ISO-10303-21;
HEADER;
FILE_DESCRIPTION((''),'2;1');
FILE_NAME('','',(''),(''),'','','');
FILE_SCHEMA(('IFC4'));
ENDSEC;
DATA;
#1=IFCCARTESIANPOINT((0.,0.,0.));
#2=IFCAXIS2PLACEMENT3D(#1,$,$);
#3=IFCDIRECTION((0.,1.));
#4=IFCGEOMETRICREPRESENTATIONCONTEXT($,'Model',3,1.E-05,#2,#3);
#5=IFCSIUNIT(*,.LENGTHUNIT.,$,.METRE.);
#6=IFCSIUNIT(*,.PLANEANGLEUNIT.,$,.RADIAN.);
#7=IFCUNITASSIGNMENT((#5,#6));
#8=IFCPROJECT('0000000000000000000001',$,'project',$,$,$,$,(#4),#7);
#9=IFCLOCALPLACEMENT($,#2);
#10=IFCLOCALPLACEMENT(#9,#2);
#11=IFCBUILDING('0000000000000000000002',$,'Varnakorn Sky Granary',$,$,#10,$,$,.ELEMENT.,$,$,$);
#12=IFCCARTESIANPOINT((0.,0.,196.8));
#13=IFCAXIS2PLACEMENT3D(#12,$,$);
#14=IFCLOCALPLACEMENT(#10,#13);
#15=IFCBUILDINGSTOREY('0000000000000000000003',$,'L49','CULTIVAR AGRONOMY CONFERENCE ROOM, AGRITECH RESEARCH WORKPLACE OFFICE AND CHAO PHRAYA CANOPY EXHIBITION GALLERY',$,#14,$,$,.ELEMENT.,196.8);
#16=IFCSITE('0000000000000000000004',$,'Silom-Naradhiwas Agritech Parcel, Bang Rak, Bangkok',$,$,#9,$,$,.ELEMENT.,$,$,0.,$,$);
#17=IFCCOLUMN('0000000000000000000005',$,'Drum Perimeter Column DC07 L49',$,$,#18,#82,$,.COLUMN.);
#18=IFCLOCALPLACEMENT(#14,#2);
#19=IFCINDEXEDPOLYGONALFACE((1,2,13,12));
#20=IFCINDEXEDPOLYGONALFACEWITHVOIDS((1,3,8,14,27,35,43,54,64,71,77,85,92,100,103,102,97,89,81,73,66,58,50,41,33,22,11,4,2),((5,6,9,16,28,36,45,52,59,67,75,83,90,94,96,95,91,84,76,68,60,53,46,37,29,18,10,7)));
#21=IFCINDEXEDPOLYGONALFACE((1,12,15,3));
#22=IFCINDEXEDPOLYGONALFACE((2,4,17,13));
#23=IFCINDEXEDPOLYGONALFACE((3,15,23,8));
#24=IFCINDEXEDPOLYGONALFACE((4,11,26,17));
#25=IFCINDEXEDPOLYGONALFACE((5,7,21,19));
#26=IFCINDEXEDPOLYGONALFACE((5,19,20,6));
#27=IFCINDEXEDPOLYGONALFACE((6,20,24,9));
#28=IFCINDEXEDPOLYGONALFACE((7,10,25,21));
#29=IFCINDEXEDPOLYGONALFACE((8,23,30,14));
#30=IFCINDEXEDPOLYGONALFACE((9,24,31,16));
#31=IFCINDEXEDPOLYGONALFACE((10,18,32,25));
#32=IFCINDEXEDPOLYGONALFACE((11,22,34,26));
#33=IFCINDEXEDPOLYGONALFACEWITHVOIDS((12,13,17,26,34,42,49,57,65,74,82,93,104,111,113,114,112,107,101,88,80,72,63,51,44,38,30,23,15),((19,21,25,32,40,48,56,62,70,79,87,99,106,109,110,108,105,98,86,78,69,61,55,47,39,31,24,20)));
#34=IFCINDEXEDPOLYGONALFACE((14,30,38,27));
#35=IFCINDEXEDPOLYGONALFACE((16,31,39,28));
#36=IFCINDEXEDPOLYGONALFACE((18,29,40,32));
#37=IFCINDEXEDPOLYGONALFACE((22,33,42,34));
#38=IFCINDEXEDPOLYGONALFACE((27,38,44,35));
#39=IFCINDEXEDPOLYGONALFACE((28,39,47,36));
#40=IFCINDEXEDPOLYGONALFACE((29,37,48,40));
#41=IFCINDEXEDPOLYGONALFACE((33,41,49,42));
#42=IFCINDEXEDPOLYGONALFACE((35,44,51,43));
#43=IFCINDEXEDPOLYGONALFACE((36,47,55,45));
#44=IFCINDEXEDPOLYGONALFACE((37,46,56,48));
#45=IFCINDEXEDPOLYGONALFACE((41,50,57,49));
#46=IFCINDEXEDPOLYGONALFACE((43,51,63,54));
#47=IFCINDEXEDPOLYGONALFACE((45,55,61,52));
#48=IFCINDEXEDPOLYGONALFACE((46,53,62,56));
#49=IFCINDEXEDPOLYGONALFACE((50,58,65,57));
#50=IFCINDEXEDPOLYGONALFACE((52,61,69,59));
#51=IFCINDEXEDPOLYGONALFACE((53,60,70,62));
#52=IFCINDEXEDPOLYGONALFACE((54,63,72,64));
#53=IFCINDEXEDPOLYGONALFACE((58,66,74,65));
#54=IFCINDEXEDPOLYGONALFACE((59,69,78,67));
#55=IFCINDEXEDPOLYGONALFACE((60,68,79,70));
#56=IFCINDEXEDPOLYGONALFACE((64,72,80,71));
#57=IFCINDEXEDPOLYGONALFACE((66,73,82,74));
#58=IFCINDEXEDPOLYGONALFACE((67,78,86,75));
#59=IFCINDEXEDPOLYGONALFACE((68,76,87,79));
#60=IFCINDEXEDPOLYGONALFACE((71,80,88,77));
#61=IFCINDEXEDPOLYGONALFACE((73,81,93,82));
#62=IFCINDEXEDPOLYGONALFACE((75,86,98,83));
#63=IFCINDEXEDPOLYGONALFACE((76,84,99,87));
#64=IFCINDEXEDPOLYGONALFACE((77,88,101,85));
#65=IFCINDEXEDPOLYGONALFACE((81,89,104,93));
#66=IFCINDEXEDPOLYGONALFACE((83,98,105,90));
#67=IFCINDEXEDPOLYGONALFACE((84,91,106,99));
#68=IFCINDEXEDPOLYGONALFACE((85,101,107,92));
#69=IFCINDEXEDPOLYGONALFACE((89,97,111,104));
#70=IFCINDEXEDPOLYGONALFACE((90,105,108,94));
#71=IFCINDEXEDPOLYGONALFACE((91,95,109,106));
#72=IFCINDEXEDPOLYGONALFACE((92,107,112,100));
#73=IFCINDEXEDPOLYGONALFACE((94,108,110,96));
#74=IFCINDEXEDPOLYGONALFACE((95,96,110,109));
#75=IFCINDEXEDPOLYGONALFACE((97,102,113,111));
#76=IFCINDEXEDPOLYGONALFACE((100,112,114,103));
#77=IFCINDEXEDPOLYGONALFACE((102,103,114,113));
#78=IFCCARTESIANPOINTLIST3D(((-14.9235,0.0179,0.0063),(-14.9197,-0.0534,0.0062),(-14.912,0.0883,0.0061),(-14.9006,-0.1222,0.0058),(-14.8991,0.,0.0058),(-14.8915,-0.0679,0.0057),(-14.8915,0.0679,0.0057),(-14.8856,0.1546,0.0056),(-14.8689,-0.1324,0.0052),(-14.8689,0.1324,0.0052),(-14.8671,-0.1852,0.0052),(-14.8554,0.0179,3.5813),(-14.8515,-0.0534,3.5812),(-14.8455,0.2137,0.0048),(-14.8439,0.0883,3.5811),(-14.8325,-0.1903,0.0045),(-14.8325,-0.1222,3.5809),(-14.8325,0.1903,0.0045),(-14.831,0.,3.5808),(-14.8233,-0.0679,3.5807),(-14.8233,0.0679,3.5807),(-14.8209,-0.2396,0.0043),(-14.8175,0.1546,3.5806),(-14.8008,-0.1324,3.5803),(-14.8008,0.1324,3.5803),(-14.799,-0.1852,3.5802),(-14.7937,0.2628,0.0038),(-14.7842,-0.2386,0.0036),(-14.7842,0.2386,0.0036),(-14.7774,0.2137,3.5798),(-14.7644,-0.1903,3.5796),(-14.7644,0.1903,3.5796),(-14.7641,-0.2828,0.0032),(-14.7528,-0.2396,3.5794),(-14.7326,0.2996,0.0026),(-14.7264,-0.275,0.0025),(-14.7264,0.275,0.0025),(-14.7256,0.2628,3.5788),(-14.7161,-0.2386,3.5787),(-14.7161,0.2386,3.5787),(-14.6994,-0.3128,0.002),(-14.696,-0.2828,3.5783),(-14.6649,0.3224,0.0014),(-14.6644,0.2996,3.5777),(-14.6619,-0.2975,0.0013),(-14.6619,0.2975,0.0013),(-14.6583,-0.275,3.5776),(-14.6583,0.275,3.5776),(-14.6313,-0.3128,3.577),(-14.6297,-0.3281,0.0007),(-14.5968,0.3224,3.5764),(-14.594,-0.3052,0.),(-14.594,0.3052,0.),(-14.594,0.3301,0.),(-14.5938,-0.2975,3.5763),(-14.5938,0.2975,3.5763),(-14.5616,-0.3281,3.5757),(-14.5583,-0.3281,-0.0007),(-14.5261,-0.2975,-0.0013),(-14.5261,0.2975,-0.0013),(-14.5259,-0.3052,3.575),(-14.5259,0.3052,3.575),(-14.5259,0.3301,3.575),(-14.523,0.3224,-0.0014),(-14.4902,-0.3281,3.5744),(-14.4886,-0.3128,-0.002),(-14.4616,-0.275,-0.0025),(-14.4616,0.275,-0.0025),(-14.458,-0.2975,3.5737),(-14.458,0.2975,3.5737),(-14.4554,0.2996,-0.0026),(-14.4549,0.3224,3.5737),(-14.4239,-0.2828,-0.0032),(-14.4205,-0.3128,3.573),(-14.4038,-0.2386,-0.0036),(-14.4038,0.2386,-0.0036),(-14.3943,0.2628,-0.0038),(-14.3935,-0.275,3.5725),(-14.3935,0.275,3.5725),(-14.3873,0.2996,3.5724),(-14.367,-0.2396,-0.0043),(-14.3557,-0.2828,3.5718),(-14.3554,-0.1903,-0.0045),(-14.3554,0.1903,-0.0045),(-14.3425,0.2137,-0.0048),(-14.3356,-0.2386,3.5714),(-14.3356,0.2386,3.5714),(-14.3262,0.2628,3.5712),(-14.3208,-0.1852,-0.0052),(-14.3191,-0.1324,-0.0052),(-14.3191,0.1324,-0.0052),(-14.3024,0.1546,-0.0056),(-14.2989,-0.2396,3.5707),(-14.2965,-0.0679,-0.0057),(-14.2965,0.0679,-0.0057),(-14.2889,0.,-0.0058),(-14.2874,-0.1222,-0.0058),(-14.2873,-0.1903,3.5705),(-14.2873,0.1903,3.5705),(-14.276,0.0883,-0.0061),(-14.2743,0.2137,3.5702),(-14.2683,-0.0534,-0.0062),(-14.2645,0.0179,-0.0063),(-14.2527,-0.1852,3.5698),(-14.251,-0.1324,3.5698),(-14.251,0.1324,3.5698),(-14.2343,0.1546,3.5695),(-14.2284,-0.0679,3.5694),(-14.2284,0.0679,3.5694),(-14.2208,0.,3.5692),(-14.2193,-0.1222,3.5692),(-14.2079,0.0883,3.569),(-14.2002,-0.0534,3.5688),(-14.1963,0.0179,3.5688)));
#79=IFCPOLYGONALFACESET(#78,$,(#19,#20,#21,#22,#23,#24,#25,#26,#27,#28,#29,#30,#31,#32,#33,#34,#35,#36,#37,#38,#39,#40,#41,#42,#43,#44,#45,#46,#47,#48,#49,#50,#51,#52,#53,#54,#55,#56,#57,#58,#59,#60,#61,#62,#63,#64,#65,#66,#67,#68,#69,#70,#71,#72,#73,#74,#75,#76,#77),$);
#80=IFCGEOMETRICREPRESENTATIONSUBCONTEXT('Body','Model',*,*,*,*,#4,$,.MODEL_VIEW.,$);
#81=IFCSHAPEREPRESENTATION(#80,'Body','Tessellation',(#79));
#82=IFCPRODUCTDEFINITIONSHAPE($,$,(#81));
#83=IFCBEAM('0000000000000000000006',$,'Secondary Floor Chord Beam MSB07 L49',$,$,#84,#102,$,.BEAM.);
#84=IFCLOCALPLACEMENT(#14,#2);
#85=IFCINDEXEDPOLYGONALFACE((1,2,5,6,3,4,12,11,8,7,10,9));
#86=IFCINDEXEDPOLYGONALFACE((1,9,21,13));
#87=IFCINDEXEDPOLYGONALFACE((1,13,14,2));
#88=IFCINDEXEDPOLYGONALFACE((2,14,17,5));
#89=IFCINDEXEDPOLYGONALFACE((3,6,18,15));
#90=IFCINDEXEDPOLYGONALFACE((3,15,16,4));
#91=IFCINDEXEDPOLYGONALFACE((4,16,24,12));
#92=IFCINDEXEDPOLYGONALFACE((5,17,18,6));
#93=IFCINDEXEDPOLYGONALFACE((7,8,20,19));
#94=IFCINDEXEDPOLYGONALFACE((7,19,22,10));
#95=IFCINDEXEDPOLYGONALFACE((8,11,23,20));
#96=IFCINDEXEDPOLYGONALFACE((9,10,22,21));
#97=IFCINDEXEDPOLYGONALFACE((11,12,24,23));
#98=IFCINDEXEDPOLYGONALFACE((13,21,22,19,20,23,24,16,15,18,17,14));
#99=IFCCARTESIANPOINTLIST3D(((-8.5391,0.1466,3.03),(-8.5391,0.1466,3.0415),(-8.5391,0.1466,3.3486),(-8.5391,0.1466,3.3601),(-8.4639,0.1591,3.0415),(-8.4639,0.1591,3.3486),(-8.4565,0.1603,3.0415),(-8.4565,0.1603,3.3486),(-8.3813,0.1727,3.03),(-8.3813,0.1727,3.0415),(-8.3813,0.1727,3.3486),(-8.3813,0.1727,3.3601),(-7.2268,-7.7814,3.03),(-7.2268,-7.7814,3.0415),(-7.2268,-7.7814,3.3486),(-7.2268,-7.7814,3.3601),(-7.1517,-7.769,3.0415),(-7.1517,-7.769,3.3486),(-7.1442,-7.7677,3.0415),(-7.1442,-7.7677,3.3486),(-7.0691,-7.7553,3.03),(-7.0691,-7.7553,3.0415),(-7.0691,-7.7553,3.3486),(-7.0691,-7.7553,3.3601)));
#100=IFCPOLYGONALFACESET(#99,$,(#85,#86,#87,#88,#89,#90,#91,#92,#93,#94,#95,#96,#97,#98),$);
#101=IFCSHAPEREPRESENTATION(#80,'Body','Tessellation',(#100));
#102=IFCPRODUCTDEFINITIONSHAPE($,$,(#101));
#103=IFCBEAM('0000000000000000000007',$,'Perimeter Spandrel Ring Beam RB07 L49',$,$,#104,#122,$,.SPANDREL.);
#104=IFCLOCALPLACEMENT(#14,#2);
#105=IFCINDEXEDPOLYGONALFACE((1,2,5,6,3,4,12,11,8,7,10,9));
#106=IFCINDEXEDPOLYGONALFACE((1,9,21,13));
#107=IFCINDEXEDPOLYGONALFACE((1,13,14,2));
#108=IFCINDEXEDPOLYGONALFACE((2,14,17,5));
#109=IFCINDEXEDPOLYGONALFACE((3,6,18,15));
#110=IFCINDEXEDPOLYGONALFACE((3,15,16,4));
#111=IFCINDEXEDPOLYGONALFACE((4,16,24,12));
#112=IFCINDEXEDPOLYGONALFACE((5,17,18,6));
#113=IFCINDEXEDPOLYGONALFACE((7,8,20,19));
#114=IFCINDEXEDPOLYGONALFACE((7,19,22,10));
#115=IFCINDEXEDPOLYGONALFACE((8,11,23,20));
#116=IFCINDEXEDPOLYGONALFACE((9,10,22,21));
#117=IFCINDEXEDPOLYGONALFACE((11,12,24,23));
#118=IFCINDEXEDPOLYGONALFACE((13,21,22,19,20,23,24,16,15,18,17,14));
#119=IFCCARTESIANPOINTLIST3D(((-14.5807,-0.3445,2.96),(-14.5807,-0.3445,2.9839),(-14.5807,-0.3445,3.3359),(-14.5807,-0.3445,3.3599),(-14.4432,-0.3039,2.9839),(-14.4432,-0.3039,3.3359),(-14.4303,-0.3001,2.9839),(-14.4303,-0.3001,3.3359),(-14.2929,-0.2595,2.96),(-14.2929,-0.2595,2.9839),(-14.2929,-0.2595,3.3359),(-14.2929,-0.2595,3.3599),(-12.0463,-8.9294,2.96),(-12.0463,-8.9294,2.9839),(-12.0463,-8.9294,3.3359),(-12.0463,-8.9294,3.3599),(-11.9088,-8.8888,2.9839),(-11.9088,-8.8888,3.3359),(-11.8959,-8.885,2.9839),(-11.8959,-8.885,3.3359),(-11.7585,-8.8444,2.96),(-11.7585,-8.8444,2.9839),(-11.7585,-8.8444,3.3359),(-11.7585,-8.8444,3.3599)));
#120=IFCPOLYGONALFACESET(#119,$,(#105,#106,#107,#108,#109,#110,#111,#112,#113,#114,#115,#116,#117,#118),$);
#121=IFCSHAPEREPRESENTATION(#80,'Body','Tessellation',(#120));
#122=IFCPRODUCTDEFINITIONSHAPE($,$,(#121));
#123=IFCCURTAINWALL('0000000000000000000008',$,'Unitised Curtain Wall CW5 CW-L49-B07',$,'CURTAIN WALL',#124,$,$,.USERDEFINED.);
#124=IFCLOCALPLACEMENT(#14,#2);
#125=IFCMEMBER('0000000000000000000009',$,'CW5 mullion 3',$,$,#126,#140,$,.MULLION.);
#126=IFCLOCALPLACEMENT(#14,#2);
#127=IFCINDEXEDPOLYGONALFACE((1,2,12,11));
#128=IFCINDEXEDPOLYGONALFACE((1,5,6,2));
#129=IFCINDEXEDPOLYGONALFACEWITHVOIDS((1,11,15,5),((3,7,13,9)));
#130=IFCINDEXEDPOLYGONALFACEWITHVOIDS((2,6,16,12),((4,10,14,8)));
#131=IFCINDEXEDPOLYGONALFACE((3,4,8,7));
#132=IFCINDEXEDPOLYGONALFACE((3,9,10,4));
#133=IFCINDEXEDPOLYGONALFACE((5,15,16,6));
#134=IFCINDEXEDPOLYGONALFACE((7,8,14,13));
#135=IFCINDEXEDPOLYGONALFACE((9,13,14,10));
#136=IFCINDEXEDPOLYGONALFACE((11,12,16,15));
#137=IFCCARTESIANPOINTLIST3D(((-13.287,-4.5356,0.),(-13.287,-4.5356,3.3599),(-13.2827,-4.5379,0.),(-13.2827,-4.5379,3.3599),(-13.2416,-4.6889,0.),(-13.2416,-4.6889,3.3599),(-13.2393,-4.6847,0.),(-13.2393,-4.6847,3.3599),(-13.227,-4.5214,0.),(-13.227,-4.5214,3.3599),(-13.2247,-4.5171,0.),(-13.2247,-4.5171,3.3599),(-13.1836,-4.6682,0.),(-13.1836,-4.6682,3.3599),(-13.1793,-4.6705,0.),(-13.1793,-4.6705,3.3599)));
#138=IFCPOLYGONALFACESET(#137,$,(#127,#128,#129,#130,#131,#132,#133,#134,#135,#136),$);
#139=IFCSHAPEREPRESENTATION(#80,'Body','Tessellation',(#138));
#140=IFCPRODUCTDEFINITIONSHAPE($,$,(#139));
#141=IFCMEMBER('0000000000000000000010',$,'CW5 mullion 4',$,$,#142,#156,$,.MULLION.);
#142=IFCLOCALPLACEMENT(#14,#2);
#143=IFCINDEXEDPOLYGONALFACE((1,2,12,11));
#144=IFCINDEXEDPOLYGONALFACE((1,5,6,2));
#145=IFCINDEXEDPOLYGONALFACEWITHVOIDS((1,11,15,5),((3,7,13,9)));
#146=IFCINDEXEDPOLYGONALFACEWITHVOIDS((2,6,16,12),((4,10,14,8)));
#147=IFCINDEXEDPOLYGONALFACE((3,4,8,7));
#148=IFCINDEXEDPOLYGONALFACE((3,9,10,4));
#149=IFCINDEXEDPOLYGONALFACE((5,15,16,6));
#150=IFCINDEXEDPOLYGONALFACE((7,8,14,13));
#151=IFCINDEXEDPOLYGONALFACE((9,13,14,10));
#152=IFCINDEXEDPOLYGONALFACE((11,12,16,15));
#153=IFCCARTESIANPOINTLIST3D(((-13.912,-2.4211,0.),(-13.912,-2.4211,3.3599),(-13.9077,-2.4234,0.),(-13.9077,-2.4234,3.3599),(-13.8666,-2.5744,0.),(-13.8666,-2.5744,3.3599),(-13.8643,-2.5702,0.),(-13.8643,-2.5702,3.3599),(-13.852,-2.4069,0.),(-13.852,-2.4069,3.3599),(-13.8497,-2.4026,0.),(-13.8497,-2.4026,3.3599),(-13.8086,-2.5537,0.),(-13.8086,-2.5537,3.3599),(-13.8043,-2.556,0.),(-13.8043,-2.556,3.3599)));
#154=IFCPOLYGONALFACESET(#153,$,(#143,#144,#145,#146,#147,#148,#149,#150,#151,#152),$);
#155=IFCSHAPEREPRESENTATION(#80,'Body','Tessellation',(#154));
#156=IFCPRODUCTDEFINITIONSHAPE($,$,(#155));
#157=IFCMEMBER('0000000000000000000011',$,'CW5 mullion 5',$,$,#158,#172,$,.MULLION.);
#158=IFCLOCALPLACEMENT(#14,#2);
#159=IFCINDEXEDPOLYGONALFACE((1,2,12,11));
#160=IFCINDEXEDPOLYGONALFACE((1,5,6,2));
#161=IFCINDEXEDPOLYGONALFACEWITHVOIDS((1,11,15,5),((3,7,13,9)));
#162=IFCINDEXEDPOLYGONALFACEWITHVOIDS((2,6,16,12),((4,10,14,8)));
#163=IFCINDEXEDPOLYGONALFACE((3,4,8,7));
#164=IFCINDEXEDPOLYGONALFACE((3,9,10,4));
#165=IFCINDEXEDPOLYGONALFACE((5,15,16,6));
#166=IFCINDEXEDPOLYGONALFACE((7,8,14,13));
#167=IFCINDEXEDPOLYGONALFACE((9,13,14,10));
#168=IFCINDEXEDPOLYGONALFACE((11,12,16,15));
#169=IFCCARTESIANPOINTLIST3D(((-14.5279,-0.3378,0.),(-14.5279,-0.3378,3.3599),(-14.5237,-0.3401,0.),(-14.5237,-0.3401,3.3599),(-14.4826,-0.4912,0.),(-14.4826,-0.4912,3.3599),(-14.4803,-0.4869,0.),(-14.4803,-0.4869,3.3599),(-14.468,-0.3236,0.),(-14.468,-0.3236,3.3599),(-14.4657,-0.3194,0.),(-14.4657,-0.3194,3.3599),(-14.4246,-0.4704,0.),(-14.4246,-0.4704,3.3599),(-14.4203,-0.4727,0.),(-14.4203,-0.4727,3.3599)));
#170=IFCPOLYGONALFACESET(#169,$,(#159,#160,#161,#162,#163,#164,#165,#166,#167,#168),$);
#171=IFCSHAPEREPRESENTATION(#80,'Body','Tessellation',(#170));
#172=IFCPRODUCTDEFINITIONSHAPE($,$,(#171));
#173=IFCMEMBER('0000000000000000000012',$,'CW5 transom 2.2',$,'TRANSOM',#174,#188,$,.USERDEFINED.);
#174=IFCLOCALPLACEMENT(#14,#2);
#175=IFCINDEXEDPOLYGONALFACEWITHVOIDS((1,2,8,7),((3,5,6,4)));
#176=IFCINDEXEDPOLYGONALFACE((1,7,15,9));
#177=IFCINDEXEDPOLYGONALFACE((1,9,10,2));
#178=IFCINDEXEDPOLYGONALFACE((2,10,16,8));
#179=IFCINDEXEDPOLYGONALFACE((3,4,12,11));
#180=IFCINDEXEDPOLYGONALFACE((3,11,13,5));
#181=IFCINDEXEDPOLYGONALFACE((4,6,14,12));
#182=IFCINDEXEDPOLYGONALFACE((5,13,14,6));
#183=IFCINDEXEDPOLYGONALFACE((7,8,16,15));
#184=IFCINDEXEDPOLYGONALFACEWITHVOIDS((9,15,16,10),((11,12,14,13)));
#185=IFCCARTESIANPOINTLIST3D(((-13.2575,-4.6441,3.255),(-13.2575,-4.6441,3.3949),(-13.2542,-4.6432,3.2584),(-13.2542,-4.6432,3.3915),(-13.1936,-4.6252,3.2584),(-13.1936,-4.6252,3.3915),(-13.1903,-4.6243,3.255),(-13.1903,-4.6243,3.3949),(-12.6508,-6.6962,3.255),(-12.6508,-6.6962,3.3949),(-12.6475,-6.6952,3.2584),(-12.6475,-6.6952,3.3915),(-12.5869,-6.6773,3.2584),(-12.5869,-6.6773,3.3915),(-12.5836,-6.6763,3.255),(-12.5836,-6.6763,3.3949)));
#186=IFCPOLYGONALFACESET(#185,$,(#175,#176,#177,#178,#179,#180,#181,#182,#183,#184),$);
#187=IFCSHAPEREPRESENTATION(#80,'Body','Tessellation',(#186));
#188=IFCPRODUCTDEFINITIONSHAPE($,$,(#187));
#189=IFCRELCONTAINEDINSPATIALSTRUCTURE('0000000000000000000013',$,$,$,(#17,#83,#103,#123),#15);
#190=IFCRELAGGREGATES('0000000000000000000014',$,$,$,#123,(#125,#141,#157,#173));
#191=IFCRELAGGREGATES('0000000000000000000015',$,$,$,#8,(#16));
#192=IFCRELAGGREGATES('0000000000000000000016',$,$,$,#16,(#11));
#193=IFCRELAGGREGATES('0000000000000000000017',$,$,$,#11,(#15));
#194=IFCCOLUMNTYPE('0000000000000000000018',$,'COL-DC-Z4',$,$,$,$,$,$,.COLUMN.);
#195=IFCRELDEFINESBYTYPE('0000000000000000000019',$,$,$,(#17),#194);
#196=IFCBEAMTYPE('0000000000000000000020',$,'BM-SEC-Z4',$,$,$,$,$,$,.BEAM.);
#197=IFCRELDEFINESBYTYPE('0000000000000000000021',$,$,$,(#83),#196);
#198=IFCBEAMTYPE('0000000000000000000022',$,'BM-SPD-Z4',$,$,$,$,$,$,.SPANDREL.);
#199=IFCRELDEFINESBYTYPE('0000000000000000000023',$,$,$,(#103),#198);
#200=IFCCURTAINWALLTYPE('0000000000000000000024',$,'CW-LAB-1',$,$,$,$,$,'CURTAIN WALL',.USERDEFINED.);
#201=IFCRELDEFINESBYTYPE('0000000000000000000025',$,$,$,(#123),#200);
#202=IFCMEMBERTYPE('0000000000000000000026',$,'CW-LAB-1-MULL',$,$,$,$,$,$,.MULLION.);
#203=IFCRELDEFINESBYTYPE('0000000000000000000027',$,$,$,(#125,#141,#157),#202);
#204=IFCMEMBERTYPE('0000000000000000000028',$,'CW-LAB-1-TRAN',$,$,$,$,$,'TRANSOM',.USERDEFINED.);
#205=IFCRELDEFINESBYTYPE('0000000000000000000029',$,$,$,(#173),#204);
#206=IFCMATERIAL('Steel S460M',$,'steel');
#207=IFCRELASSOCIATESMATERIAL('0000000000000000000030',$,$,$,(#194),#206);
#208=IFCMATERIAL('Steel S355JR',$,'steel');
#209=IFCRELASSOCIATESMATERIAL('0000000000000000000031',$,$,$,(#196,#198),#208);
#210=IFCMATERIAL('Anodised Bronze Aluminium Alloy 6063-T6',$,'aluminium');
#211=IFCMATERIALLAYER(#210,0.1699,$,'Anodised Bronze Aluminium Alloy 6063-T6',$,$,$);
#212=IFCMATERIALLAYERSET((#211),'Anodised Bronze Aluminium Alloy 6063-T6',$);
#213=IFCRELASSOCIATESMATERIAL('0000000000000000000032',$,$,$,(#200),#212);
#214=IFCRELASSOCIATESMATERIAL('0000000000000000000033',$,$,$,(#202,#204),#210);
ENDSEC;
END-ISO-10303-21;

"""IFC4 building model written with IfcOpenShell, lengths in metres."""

from ifc_helpers import new_model, si_unit, direction, frame, origin, origin_2d, place, context, subcontext, project, spatial, hollow_rectangle, hollow_circle, i_section, extrude, material, layer, layer_set, material_profile, profile_set, type_object, element, aggregate, save


model = new_model("IFC4")

# Units and contexts
model_context = context("Model", 3, precision=1e-05, world=origin(), true_north=direction((0.0, 1.0)))
body_context = subcontext(model_context, "Body", "Model", "MODEL_VIEW")
ifc_project = project(units=[si_unit("LENGTHUNIT", "METRE"), si_unit("PLANEANGLEUNIT", "RADIAN")], contexts=[model_context])

# Site, building, storey
site_placement = place(None, origin())
site = spatial("IfcSite", under=ifc_project, at=site_placement, Name="Silom-Naradhiwas Agritech Parcel, Bang Rak, Bangkok", CompositionType="ELEMENT", RefElevation=0.0)
building_placement = place(site_placement, origin())
building = spatial("IfcBuilding", under=site, at=building_placement, Name="Varnakorn Sky Granary", CompositionType="ELEMENT")
storey_placement = place(building_placement, frame((0.0, 0.0, 196.8)))
storey = spatial("IfcBuildingStorey", under=building, at=storey_placement, Name="L49", Description="CULTIVAR AGRONOMY CONFERENCE ROOM, AGRITECH RESEARCH WORKPLACE OFFICE AND CHAO PHRAYA CANOPY EXHIBITION GALLERY", CompositionType="ELEMENT", Elevation=196.8)

# Column
ifc_material_1 = material(Name="Steel S460M", Category="steel")
ifc_material_profile_1 = material_profile(ifc_material_1, hollow_circle(Radius=0.3301, WallThickness=0.0249, at=origin_2d()), Name="CHS 660x25")
ifc_profile_set_1 = profile_set([ifc_material_profile_1], Name="Steel S460M")
column_type = type_object("IfcColumnType", Name="COL-DC-Z4", PredefinedType="COLUMN", material=ifc_profile_set_1)
column_placement = place(storey_placement, frame((-14.594, 0.0, 0.0), z_axis=(0.01905, 0.0, 0.999819), x_axis=(0.0, 1.0, 0.0)))
element("IfcColumn", 1, at=column_placement, inside=storey, type_object=column_type, Name="Drum Perimeter Column DC07 L49", PredefinedType="COLUMN", context=body_context, shape_type="SweptSolid", body=[
    extrude(hollow_circle(Radius=0.3301, WallThickness=0.0249, at=origin_2d()), origin(), (0.0, 0.0, 1.0), 3.5757),
])

# Beams
ifc_material_2 = material(Name="Steel S355JR", Category="steel")
ifc_material_profile_2 = material_profile(ifc_material_2, i_section(OverallWidth=0.1599, OverallDepth=0.3301, WebThickness=0.0076, FlangeThickness=0.0115, at=origin_2d()), Name="IPE 330")
ifc_profile_set_2 = profile_set([ifc_material_profile_2], Name="Steel S355JR")
beam_type_1 = type_object("IfcBeamType", Name="BM-SEC-Z4", PredefinedType="BEAM", material=ifc_profile_set_2)
beam_1_placement = place(storey_placement, frame((-8.4602, 0.1597, 3.1951), z_axis=(0.1633, -0.986576, 0.0), x_axis=(0.986576, 0.1633, 0.0)))
element("IfcBeam", 2, at=beam_1_placement, inside=storey, type_object=beam_type_1, Name="Secondary Floor Chord Beam MSB07 L49", PredefinedType="BEAM", context=body_context, shape_type="SweptSolid", body=[
    extrude(i_section(OverallWidth=0.1599, OverallDepth=0.3301, WebThickness=0.0076, FlangeThickness=0.0115, at=origin_2d()), origin(), (0.0, 0.0, 1.0), 8.0359),
])
ifc_material_profile_3 = material_profile(ifc_material_2, i_section(OverallWidth=0.3, OverallDepth=0.3999, WebThickness=0.0134, FlangeThickness=0.0239, at=origin_2d()), Name="HE 400 B")
ifc_profile_set_3 = profile_set([ifc_material_profile_3], Name="Steel S355JR")
beam_type_2 = type_object("IfcBeamType", Name="BM-SPD-Z4", PredefinedType="SPANDREL", material=ifc_profile_set_3)
beam_2_placement = place(storey_placement, frame((-14.4368, -0.302, 3.1599), z_axis=(0.283136, -0.95908, 0.0), x_axis=(0.95908, 0.283136, 0.0)))
element("IfcBeam", 3, at=beam_2_placement, inside=storey, type_object=beam_type_2, Name="Perimeter Spandrel Ring Beam RB07 L49", PredefinedType="SPANDREL", context=body_context, shape_type="SweptSolid", body=[
    extrude(i_section(OverallWidth=0.3, OverallDepth=0.3999, WebThickness=0.0134, FlangeThickness=0.0239, at=origin_2d()), origin(), (0.0, 0.0, 1.0), 8.9512),
])

# Curtain wall, members
ifc_material_3 = material(Name="Anodised Bronze Aluminium Alloy 6063-T6", Category="aluminium")
ifc_layer_1 = layer(ifc_material_3, 0.1699, Name="Anodised Bronze Aluminium Alloy 6063-T6")
ifc_layer_set_1 = layer_set([ifc_layer_1], Name="Anodised Bronze Aluminium Alloy 6063-T6")
curtain_wall_type = type_object("IfcCurtainWallType", Name="CW-LAB-1", ElementType="CURTAIN WALL", PredefinedType="USERDEFINED", material=ifc_layer_set_1)
curtain_wall_placement = place(storey_placement, origin())
curtain_wall = element("IfcCurtainWall", 4, at=curtain_wall_placement, inside=storey, type_object=curtain_wall_type, Name="Unitised Curtain Wall CW5 CW-L49-B07", ObjectType="CURTAIN WALL", PredefinedType="USERDEFINED")
ifc_material_profile_4 = material_profile(ifc_material_3, hollow_rectangle(XDim=0.0649, YDim=0.1599, WallThickness=0.0034, at=origin_2d()), Name="ALU MULL 65x160")
ifc_profile_set_4 = profile_set([ifc_material_profile_4], Name="Anodised Bronze Aluminium Alloy 6063-T6")
member_type_1 = type_object("IfcMemberType", Name="CW-LAB-1-MULL", PredefinedType="MULLION", material=ifc_profile_set_4)
member_1_placement = place(storey_placement, frame((-13.2332, -4.603, 0.0), z_axis=(0.0, 0.0, 1.0), x_axis=(-0.958964, -0.283528, 0.0)))
member_1 = element("IfcMember", 5, at=member_1_placement, type_object=member_type_1, Name="CW5 mullion 3", PredefinedType="MULLION", context=body_context, shape_type="SweptSolid", body=[
    extrude(hollow_rectangle(XDim=0.0649, YDim=0.1599, WallThickness=0.0034, at=origin_2d()), origin(), (0.0, 0.0, 1.0), 3.3599),
])
member_2_placement = place(storey_placement, frame((-13.8582, -2.4885, 0.0), z_axis=(0.0, 0.0, 1.0), x_axis=(-0.958964, -0.283528, 0.0)))
member_2 = element("IfcMember", 6, at=member_2_placement, type_object=member_type_1, Name="CW5 mullion 4", PredefinedType="MULLION", context=body_context, shape_type="SweptSolid", body=[
    extrude(hollow_rectangle(XDim=0.0649, YDim=0.1599, WallThickness=0.0034, at=origin_2d()), origin(), (0.0, 0.0, 1.0), 3.3599),
])
member_3_placement = place(storey_placement, frame((-14.4741, -0.4053, 0.0), z_axis=(0.0, 0.0, 1.0), x_axis=(-0.958964, -0.283528, 0.0)))
member_3 = element("IfcMember", 7, at=member_3_placement, type_object=member_type_1, Name="CW5 mullion 5", PredefinedType="MULLION", context=body_context, shape_type="SweptSolid", body=[
    extrude(hollow_rectangle(XDim=0.0649, YDim=0.1599, WallThickness=0.0034, at=origin_2d()), origin(), (0.0, 0.0, 1.0), 3.3599),
])
ifc_material_profile_5 = material_profile(ifc_material_3, hollow_rectangle(XDim=0.0701, YDim=0.1399, WallThickness=0.0034, at=origin_2d()), Name="ALU TRAN 70x140")
ifc_profile_set_5 = profile_set([ifc_material_profile_5], Name="Anodised Bronze Aluminium Alloy 6063-T6")
member_type_2 = type_object("IfcMemberType", Name="CW-LAB-1-TRAN", ElementType="TRANSOM", PredefinedType="USERDEFINED", material=ifc_profile_set_5)
member_4_placement = place(storey_placement, frame((-12.6172, -6.6863, 3.325), z_axis=(-0.283525, 0.958965, 0.0), x_axis=(-0.958965, -0.283525, 0.0)))
member_4 = element("IfcMember", 8, at=member_4_placement, type_object=member_type_2, Name="CW5 transom 2.2", ObjectType="TRANSOM", PredefinedType="USERDEFINED", context=body_context, shape_type="SweptSolid", body=[
    extrude(hollow_rectangle(XDim=0.0701, YDim=0.1399, WallThickness=0.0034, at=origin_2d()), origin(), (0.0, 0.0, 1.0), 2.1399),
])

aggregate(curtain_wall, [member_1, member_2, member_3, member_4])

save(model, "model.ifc")
